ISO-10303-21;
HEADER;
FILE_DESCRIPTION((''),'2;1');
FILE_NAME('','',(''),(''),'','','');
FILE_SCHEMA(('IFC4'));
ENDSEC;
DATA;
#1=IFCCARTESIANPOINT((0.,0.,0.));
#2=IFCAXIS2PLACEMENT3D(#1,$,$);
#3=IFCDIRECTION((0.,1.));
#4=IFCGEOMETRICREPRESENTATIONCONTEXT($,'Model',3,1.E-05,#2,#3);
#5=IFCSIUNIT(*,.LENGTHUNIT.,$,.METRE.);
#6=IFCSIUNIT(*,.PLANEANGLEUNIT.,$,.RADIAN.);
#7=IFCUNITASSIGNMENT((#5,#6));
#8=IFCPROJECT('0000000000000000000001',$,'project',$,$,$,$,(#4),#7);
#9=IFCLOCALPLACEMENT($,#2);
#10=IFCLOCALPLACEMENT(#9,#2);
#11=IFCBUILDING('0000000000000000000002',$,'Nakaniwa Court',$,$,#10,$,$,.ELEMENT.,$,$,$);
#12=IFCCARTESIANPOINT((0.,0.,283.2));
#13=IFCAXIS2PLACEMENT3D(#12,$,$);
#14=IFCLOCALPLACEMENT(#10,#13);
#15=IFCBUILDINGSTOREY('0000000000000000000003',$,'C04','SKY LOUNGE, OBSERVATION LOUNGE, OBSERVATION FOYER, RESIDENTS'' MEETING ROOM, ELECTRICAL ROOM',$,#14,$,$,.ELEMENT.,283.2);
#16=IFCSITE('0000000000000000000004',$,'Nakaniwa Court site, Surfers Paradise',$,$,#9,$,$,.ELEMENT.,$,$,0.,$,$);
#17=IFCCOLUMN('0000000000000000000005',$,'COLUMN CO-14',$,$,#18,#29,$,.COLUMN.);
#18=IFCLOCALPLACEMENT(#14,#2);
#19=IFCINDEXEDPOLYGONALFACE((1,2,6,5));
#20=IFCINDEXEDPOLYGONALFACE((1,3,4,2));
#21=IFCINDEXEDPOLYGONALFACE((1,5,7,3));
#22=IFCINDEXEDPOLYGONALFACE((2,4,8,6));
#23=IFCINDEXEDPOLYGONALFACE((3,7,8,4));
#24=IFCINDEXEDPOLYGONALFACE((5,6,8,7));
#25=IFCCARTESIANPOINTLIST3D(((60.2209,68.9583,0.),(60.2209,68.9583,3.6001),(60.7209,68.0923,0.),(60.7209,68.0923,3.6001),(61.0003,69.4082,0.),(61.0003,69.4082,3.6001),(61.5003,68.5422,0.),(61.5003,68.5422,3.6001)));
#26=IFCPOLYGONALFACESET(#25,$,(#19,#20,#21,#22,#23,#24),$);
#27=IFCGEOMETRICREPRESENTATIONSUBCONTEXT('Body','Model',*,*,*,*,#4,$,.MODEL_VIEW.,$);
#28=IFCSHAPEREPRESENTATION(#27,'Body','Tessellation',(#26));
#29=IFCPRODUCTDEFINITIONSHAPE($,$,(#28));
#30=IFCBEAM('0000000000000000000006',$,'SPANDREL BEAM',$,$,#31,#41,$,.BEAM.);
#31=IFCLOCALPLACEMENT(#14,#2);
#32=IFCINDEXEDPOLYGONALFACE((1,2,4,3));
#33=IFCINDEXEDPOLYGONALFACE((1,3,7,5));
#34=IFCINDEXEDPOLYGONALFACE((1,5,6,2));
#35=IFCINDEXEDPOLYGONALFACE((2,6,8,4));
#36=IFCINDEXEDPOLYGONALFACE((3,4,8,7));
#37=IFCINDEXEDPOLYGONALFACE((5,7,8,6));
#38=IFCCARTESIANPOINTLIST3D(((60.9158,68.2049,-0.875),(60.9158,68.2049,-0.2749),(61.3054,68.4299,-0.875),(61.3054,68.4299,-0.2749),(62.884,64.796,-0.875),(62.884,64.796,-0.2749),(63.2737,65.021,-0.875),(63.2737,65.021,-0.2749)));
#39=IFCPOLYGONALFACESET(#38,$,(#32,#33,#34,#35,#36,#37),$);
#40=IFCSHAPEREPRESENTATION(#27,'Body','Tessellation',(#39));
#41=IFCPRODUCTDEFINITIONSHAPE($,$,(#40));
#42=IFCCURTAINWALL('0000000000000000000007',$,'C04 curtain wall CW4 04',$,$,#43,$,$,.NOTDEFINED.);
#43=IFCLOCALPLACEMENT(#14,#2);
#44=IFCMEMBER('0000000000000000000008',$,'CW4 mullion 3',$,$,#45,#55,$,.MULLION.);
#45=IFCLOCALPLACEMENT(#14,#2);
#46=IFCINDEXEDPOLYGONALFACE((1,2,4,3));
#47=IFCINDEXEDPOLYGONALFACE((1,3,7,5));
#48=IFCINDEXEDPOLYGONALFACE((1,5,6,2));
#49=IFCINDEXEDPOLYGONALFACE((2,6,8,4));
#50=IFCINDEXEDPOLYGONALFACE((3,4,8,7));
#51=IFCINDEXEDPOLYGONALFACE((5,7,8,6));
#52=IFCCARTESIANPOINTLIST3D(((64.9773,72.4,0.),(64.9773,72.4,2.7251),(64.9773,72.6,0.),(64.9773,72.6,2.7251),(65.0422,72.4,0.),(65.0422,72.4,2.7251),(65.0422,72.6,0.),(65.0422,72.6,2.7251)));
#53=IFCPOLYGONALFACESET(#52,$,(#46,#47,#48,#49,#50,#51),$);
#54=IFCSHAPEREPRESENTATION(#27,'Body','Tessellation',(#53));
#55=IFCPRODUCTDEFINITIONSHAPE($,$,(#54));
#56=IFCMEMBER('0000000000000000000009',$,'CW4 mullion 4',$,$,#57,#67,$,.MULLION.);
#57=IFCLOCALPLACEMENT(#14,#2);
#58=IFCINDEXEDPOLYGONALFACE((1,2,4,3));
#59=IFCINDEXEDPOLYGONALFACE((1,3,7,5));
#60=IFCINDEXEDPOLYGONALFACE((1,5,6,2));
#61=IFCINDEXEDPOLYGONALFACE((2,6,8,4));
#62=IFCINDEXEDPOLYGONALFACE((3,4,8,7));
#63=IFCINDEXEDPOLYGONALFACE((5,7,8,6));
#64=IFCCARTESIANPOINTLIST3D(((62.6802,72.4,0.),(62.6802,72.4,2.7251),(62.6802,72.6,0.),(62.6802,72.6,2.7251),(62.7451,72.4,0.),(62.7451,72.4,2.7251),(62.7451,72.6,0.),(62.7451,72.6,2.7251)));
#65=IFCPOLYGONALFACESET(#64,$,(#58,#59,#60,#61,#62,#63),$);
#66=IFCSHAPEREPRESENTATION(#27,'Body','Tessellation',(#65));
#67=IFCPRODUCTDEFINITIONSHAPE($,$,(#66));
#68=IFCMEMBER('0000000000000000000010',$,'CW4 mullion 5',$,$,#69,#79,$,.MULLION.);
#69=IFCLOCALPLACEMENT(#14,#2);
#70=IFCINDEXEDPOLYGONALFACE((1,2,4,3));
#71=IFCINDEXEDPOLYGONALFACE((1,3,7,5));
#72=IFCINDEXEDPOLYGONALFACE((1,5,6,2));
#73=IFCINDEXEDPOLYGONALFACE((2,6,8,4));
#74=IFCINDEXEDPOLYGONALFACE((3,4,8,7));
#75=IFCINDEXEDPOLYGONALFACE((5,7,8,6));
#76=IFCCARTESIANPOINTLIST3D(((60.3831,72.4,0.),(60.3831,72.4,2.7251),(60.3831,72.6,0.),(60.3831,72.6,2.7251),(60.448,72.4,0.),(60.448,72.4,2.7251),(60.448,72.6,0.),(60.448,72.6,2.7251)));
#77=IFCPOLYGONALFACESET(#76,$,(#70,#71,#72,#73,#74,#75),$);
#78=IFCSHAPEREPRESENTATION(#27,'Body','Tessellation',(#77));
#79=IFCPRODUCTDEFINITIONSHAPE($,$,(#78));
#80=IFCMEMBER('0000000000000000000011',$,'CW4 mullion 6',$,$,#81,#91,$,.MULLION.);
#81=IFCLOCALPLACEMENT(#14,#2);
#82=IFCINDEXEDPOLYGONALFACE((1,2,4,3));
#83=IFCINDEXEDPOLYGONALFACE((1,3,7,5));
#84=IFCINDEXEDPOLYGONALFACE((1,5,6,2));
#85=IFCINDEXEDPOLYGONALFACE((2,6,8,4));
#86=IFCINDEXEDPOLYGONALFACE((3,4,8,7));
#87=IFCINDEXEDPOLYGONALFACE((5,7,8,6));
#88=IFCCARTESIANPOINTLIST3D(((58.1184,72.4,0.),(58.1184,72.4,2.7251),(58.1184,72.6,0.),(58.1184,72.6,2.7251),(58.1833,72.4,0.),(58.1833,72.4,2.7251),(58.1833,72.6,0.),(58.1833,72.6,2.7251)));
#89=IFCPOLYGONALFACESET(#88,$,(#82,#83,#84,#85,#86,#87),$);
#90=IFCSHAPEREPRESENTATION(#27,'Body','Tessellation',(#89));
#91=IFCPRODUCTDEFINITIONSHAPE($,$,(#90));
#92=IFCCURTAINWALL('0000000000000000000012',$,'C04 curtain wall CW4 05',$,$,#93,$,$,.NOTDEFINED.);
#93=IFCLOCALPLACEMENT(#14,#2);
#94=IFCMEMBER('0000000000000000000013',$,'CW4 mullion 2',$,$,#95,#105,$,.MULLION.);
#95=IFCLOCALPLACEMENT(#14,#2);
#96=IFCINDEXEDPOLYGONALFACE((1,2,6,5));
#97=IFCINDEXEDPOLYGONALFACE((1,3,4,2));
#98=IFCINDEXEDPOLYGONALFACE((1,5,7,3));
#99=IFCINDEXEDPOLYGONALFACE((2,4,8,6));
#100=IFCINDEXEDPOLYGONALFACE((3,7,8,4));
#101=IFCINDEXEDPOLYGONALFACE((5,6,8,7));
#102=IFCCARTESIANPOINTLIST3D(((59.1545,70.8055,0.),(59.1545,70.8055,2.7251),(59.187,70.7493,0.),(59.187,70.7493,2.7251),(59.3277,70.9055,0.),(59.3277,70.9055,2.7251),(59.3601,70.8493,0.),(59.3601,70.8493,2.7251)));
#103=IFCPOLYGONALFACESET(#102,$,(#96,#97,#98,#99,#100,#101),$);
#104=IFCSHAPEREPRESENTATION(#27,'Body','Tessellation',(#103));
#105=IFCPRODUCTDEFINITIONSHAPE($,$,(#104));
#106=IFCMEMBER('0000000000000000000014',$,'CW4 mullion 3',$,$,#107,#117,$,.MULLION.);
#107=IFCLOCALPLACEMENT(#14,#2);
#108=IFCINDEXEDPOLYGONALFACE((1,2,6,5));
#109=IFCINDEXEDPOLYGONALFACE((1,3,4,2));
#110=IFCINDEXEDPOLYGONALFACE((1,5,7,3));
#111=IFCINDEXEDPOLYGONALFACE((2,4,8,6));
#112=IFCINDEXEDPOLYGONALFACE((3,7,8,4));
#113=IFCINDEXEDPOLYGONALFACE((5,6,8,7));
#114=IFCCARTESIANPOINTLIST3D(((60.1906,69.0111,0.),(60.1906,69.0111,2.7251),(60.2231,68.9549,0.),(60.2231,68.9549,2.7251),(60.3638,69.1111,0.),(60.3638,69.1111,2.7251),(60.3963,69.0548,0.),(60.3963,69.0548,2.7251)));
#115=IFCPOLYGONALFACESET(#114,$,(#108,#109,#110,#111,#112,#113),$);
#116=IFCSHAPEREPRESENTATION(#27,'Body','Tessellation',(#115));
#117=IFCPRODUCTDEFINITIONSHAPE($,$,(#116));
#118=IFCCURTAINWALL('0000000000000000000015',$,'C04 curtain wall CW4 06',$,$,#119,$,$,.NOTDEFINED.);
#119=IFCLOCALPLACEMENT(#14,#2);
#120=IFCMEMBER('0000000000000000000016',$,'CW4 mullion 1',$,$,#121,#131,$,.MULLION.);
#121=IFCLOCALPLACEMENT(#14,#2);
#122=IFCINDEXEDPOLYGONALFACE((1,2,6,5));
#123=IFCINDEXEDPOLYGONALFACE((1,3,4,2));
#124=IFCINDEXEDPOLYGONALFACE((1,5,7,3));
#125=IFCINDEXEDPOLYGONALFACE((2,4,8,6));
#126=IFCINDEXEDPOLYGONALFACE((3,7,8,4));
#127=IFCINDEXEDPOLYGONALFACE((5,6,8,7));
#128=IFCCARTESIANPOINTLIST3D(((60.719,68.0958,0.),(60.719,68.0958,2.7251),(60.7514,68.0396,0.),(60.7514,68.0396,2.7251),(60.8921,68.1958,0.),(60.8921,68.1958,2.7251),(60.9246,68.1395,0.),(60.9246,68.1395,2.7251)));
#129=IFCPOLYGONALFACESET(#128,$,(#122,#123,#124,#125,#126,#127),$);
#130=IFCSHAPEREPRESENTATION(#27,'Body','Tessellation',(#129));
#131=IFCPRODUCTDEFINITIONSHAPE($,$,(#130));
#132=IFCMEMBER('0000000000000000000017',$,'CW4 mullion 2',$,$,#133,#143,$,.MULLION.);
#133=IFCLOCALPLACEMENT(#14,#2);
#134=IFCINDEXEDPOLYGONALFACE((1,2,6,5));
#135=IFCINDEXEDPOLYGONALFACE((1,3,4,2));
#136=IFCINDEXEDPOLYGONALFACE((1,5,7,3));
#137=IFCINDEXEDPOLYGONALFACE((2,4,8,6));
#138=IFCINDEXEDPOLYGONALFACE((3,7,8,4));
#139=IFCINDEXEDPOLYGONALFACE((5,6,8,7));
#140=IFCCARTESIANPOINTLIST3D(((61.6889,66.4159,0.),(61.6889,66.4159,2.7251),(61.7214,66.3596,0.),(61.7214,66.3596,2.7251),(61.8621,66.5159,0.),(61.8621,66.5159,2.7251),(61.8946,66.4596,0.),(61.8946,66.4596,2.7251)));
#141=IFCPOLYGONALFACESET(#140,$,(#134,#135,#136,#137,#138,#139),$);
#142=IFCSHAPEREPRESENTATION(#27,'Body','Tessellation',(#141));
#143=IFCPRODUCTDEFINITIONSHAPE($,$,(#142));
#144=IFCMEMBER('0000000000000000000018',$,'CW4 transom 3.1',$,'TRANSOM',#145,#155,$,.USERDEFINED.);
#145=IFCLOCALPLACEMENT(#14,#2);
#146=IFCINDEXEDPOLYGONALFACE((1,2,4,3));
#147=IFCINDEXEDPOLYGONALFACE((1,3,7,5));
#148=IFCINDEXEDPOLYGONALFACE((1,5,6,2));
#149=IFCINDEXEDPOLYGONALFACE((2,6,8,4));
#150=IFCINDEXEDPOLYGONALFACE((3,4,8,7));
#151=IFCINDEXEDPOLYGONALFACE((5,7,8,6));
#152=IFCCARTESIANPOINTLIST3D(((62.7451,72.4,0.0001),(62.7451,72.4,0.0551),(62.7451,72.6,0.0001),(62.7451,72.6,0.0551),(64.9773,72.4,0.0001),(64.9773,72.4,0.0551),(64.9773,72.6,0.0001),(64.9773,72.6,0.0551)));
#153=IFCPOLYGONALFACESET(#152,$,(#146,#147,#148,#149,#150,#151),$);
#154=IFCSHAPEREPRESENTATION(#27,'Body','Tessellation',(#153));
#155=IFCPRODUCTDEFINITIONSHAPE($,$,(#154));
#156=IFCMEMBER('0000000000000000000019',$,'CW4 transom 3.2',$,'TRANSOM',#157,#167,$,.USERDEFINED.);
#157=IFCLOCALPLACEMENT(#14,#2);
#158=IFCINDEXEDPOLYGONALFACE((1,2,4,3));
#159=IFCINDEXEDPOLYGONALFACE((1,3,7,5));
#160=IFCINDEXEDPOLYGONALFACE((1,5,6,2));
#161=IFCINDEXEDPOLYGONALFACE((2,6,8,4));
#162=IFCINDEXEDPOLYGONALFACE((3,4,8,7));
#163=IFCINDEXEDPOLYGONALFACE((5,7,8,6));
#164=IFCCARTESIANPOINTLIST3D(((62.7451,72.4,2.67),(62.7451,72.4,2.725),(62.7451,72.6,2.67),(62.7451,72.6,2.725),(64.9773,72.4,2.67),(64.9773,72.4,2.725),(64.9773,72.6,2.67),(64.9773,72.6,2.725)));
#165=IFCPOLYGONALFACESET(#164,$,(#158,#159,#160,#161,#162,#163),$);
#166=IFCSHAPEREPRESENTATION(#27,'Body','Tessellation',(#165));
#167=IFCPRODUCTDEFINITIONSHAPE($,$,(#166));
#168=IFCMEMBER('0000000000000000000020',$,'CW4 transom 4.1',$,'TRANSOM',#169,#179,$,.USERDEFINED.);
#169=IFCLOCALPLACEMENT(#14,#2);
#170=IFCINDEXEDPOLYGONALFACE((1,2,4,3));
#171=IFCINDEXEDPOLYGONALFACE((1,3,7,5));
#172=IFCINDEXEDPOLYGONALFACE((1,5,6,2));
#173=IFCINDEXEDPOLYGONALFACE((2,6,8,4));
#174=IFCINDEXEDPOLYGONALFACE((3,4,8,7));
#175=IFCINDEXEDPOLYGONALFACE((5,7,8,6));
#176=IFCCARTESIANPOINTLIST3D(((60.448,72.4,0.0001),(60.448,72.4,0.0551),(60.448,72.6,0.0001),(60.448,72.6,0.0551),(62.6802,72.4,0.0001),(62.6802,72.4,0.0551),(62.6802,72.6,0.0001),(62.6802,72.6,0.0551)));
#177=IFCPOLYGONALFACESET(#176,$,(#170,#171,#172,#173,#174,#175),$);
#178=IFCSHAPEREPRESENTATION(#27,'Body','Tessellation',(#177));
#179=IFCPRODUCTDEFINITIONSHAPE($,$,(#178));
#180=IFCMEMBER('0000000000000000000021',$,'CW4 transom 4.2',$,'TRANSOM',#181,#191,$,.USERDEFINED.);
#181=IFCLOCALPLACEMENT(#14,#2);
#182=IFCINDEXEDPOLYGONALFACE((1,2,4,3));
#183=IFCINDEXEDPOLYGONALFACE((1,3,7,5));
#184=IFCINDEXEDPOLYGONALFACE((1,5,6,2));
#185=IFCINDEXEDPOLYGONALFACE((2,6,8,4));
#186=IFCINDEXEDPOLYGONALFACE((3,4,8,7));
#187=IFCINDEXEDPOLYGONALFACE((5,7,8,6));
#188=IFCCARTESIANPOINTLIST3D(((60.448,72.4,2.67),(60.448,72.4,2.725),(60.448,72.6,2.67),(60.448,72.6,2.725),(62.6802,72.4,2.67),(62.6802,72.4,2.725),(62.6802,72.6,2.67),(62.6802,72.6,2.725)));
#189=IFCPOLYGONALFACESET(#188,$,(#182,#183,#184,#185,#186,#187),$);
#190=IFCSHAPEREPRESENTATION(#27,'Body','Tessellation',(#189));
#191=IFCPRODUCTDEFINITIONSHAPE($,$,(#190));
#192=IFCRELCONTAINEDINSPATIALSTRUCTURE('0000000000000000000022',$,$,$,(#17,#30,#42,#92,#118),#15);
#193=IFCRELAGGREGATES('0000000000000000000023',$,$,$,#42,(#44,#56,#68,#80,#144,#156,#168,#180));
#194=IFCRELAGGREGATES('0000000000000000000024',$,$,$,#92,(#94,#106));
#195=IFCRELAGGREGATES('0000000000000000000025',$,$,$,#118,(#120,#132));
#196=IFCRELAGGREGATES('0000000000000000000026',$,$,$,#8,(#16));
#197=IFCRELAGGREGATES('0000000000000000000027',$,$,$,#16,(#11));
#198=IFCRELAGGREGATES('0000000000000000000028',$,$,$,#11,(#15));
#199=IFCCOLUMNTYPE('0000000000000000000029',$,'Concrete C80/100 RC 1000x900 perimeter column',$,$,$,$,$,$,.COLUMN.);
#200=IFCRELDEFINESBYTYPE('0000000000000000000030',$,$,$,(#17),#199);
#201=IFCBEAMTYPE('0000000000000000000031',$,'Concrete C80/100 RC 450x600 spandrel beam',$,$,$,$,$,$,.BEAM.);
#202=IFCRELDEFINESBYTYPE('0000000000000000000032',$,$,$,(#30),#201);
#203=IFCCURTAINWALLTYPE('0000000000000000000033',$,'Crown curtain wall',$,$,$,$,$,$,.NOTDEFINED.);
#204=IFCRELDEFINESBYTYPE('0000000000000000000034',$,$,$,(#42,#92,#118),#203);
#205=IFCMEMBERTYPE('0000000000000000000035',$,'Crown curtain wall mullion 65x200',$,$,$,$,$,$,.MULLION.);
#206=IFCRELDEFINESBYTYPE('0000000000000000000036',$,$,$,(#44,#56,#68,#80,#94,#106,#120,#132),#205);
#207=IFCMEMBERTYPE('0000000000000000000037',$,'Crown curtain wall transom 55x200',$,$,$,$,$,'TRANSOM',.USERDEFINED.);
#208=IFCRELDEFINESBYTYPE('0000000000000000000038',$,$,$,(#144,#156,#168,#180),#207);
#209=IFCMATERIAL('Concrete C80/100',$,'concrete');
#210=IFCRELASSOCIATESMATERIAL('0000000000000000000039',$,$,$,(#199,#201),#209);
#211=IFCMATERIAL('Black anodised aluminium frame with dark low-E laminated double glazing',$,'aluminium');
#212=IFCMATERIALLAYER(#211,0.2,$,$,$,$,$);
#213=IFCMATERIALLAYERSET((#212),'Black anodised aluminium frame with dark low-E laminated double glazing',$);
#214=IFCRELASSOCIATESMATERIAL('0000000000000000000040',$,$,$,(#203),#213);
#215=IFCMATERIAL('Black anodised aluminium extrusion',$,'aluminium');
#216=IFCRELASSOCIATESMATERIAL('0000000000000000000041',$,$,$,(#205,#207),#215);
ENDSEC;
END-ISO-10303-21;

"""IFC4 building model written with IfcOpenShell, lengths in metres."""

from ifc_helpers import new_model, si_unit, direction, frame, origin, origin_2d, place, context, subcontext, project, spatial, rectangle, extrude, material, layer, layer_set, material_profile, profile_set, type_object, element, aggregate, save


model = new_model("IFC4")

# Units and contexts
model_context = context("Model", 3, precision=1e-05, world=origin(), true_north=direction((0.0, 1.0)))
body_context = subcontext(model_context, "Body", "Model", "MODEL_VIEW")
ifc_project = project(units=[si_unit("LENGTHUNIT", "METRE"), si_unit("PLANEANGLEUNIT", "RADIAN")], contexts=[model_context])

# Site, building, storey
site_placement = place(None, origin())
site = spatial("IfcSite", under=ifc_project, at=site_placement, Name="Nakaniwa Court site, Surfers Paradise", CompositionType="ELEMENT", RefElevation=0.0)
building_placement = place(site_placement, origin())
building = spatial("IfcBuilding", under=site, at=building_placement, Name="Nakaniwa Court", CompositionType="ELEMENT")
storey_placement = place(building_placement, frame((0.0, 0.0, 283.2)))
storey = spatial("IfcBuildingStorey", under=building, at=storey_placement, Name="C04", Description="SKY LOUNGE, OBSERVATION LOUNGE, OBSERVATION FOYER, RESIDENTS' MEETING ROOM, ELECTRICAL ROOM", CompositionType="ELEMENT", Elevation=283.2)

# Column
ifc_material_1 = material(Name="Concrete C80/100", Category="concrete")
ifc_material_profile_1 = material_profile(ifc_material_1, rectangle(XDim=1.0, YDim=0.8999, at=origin_2d()), Name="Concrete C80/100 RC 1000x900 perimeter column")
ifc_profile_set_1 = profile_set([ifc_material_profile_1], Name="Concrete C80/100")
column_type = type_object("IfcColumnType", Name="Concrete C80/100 RC 1000x900 perimeter column", PredefinedType="COLUMN", material=ifc_profile_set_1)
column_placement = place(storey_placement, frame((60.8606, 68.7502, 0.0), z_axis=(0.0, 0.0, 1.0), x_axis=(0.5, -0.866025, 0.0)))
element("IfcColumn", 1, at=column_placement, inside=storey, type_object=column_type, Name="COLUMN CO-14", PredefinedType="COLUMN", context=body_context, shape_type="SweptSolid", body=[
    extrude(rectangle(XDim=1.0, YDim=0.8999, at=origin_2d()), origin(), (0.0, 0.0, 1.0), 3.6001),
])

# Beam
ifc_material_profile_2 = material_profile(ifc_material_1, rectangle(XDim=0.45, YDim=0.6001, at=origin_2d()), Name="Concrete C80/100 RC 450x600 spandrel beam")
ifc_profile_set_2 = profile_set([ifc_material_profile_2], Name="Concrete C80/100")
beam_type = type_object("IfcBeamType", Name="Concrete C80/100 RC 450x600 spandrel beam", PredefinedType="BEAM", material=ifc_profile_set_2)
beam_placement = place(storey_placement, frame((61.1106, 68.3174, -0.575), z_axis=(0.500021, -0.866013, 0.0), x_axis=(0.866013, 0.500021, 0.0)))
element("IfcBeam", 2, at=beam_placement, inside=storey, type_object=beam_type, Name="SPANDREL BEAM", PredefinedType="BEAM", context=body_context, shape_type="SweptSolid", body=[
    extrude(rectangle(XDim=0.45, YDim=0.6001, at=origin_2d()), origin(), (0.0, 0.0, 1.0), 3.9363),
])

# Curtain walls, members
ifc_material_2 = material(Name="Black anodised aluminium frame with dark low-E laminated double glazing", Category="aluminium")
ifc_layer_1 = layer(ifc_material_2, 0.2)
ifc_layer_set_1 = layer_set([ifc_layer_1], Name="Black anodised aluminium frame with dark low-E laminated double glazing")
curtain_wall_type = type_object("IfcCurtainWallType", Name="Crown curtain wall", PredefinedType="NOTDEFINED", material=ifc_layer_set_1)
curtain_wall_1_placement = place(storey_placement, origin())
curtain_wall_1 = element("IfcCurtainWall", 3, at=curtain_wall_1_placement, inside=storey, type_object=curtain_wall_type, Name="C04 curtain wall CW4 04", PredefinedType="NOTDEFINED")
ifc_material_3 = material(Name="Black anodised aluminium extrusion", Category="aluminium")
ifc_material_profile_3 = material_profile(ifc_material_3, rectangle(XDim=0.2, YDim=0.0649, at=origin_2d()), Name="Crown curtain wall mullion 65x200")
ifc_profile_set_3 = profile_set([ifc_material_profile_3], Name="Black anodised aluminium extrusion")
member_type_1 = type_object("IfcMemberType", Name="Crown curtain wall mullion 65x200", PredefinedType="MULLION", material=ifc_profile_set_3)
member_1_placement = place(storey_placement, frame((65.0098, 72.5, 0.0), z_axis=(0.0, 0.0, 1.0), x_axis=(0.0, -1.0, 0.0)))
member_1 = element("IfcMember", 4, at=member_1_placement, type_object=member_type_1, Name="CW4 mullion 3", PredefinedType="MULLION", context=body_context, shape_type="SweptSolid", body=[
    extrude(rectangle(XDim=0.2, YDim=0.0649, at=origin_2d()), origin(), (0.0, 0.0, 1.0), 2.7251),
])
member_2_placement = place(storey_placement, frame((62.7126, 72.5, 0.0), z_axis=(0.0, 0.0, 1.0), x_axis=(0.0, -1.0, 0.0)))
member_2 = element("IfcMember", 5, at=member_2_placement, type_object=member_type_1, Name="CW4 mullion 4", PredefinedType="MULLION", context=body_context, shape_type="SweptSolid", body=[
    extrude(rectangle(XDim=0.2, YDim=0.0649, at=origin_2d()), origin(), (0.0, 0.0, 1.0), 2.7251),
])
member_3_placement = place(storey_placement, frame((60.4155, 72.5, 0.0), z_axis=(0.0, 0.0, 1.0), x_axis=(0.0, -1.0, 0.0)))
member_3 = element("IfcMember", 6, at=member_3_placement, type_object=member_type_1, Name="CW4 mullion 5", PredefinedType="MULLION", context=body_context, shape_type="SweptSolid", body=[
    extrude(rectangle(XDim=0.2, YDim=0.0649, at=origin_2d()), origin(), (0.0, 0.0, 1.0), 2.7251),
])
member_4_placement = place(storey_placement, frame((58.1509, 72.5, 0.0), z_axis=(0.0, 0.0, 1.0), x_axis=(0.0, -1.0, 0.0)))
member_4 = element("IfcMember", 7, at=member_4_placement, type_object=member_type_1, Name="CW4 mullion 6", PredefinedType="MULLION", context=body_context, shape_type="SweptSolid", body=[
    extrude(rectangle(XDim=0.2, YDim=0.0649, at=origin_2d()), origin(), (0.0, 0.0, 1.0), 2.7251),
])
curtain_wall_2_placement = place(storey_placement, origin())
curtain_wall_2 = element("IfcCurtainWall", 8, at=curtain_wall_2_placement, inside=storey, type_object=curtain_wall_type, Name="C04 curtain wall CW4 05", PredefinedType="NOTDEFINED")
member_5_placement = place(storey_placement, frame((59.2573, 70.8274, 0.0), z_axis=(0.0, 0.0, 1.0), x_axis=(0.866021, 0.500008, 0.0)))
member_5 = element("IfcMember", 9, at=member_5_placement, type_object=member_type_1, Name="CW4 mullion 2", PredefinedType="MULLION", context=body_context, shape_type="SweptSolid", body=[
    extrude(rectangle(XDim=0.2, YDim=0.0649, at=origin_2d()), origin(), (0.0, 0.0, 1.0), 2.7251),
])
member_6_placement = place(storey_placement, frame((60.2935, 69.033, 0.0), z_axis=(0.0, 0.0, 1.0), x_axis=(0.866021, 0.500008, 0.0)))
member_6 = element("IfcMember", 10, at=member_6_placement, type_object=member_type_1, Name="CW4 mullion 3", PredefinedType="MULLION", context=body_context, shape_type="SweptSolid", body=[
    extrude(rectangle(XDim=0.2, YDim=0.0649, at=origin_2d()), origin(), (0.0, 0.0, 1.0), 2.7251),
])
curtain_wall_3_placement = place(storey_placement, origin())
curtain_wall_3 = element("IfcCurtainWall", 11, at=curtain_wall_3_placement, inside=storey, type_object=curtain_wall_type, Name="C04 curtain wall CW4 06", PredefinedType="NOTDEFINED")
member_7_placement = place(storey_placement, frame((60.8218, 68.1177, 0.0), z_axis=(0.0, 0.0, 1.0), x_axis=(0.866033, 0.499987, 0.0)))
member_7 = element("IfcMember", 12, at=member_7_placement, type_object=member_type_1, Name="CW4 mullion 1", PredefinedType="MULLION", context=body_context, shape_type="SweptSolid", body=[
    extrude(rectangle(XDim=0.2, YDim=0.0649, at=origin_2d()), origin(), (0.0, 0.0, 1.0), 2.7251),
])
member_8_placement = place(storey_placement, frame((61.7917, 66.4377, 0.0), z_axis=(0.0, 0.0, 1.0), x_axis=(0.866033, 0.499987, 0.0)))
member_8 = element("IfcMember", 13, at=member_8_placement, type_object=member_type_1, Name="CW4 mullion 2", PredefinedType="MULLION", context=body_context, shape_type="SweptSolid", body=[
    extrude(rectangle(XDim=0.2, YDim=0.0649, at=origin_2d()), origin(), (0.0, 0.0, 1.0), 2.7251),
])

# Members
ifc_material_profile_4 = material_profile(ifc_material_3, rectangle(XDim=0.2, YDim=0.0549, at=origin_2d()), Name="Crown curtain wall transom 55x200")
ifc_profile_set_4 = profile_set([ifc_material_profile_4], Name="Black anodised aluminium extrusion")
member_type_2 = type_object("IfcMemberType", Name="Crown curtain wall transom 55x200", ElementType="TRANSOM", PredefinedType="USERDEFINED", material=ifc_profile_set_4)
member_9_placement = place(storey_placement, frame((64.9773, 72.5, 0.0276), z_axis=(-1.0, 0.0, 0.0), x_axis=(0.0, -1.0, 0.0)))
member_9 = element("IfcMember", 14, at=member_9_placement, type_object=member_type_2, Name="CW4 transom 3.1", ObjectType="TRANSOM", PredefinedType="USERDEFINED", context=body_context, shape_type="SweptSolid", body=[
    extrude(rectangle(XDim=0.2, YDim=0.0549, at=origin_2d()), origin(), (0.0, 0.0, 1.0), 2.2322),
])
member_10_placement = place(storey_placement, frame((64.9773, 72.5, 2.6975), z_axis=(-1.0, 0.0, 0.0), x_axis=(0.0, -1.0, 0.0)))
member_10 = element("IfcMember", 15, at=member_10_placement, type_object=member_type_2, Name="CW4 transom 3.2", ObjectType="TRANSOM", PredefinedType="USERDEFINED", context=body_context, shape_type="SweptSolid", body=[
    extrude(rectangle(XDim=0.2, YDim=0.0549, at=origin_2d()), origin(), (0.0, 0.0, 1.0), 2.2322),
])
member_11_placement = place(storey_placement, frame((62.6802, 72.5, 0.0276), z_axis=(-1.0, 0.0, 0.0), x_axis=(0.0, -1.0, 0.0)))
member_11 = element("IfcMember", 16, at=member_11_placement, type_object=member_type_2, Name="CW4 transom 4.1", ObjectType="TRANSOM", PredefinedType="USERDEFINED", context=body_context, shape_type="SweptSolid", body=[
    extrude(rectangle(XDim=0.2, YDim=0.0549, at=origin_2d()), origin(), (0.0, 0.0, 1.0), 2.2322),
])
member_12_placement = place(storey_placement, frame((62.6802, 72.5, 2.6975), z_axis=(-1.0, 0.0, 0.0), x_axis=(0.0, -1.0, 0.0)))
member_12 = element("IfcMember", 17, at=member_12_placement, type_object=member_type_2, Name="CW4 transom 4.2", ObjectType="TRANSOM", PredefinedType="USERDEFINED", context=body_context, shape_type="SweptSolid", body=[
    extrude(rectangle(XDim=0.2, YDim=0.0549, at=origin_2d()), origin(), (0.0, 0.0, 1.0), 2.2322),
])

aggregate(curtain_wall_1, [member_1, member_2, member_3, member_4, member_9, member_10, member_11, member_12])
aggregate(curtain_wall_2, [member_5, member_6])
aggregate(curtain_wall_3, [member_7, member_8])

save(model, "model.ifc")
